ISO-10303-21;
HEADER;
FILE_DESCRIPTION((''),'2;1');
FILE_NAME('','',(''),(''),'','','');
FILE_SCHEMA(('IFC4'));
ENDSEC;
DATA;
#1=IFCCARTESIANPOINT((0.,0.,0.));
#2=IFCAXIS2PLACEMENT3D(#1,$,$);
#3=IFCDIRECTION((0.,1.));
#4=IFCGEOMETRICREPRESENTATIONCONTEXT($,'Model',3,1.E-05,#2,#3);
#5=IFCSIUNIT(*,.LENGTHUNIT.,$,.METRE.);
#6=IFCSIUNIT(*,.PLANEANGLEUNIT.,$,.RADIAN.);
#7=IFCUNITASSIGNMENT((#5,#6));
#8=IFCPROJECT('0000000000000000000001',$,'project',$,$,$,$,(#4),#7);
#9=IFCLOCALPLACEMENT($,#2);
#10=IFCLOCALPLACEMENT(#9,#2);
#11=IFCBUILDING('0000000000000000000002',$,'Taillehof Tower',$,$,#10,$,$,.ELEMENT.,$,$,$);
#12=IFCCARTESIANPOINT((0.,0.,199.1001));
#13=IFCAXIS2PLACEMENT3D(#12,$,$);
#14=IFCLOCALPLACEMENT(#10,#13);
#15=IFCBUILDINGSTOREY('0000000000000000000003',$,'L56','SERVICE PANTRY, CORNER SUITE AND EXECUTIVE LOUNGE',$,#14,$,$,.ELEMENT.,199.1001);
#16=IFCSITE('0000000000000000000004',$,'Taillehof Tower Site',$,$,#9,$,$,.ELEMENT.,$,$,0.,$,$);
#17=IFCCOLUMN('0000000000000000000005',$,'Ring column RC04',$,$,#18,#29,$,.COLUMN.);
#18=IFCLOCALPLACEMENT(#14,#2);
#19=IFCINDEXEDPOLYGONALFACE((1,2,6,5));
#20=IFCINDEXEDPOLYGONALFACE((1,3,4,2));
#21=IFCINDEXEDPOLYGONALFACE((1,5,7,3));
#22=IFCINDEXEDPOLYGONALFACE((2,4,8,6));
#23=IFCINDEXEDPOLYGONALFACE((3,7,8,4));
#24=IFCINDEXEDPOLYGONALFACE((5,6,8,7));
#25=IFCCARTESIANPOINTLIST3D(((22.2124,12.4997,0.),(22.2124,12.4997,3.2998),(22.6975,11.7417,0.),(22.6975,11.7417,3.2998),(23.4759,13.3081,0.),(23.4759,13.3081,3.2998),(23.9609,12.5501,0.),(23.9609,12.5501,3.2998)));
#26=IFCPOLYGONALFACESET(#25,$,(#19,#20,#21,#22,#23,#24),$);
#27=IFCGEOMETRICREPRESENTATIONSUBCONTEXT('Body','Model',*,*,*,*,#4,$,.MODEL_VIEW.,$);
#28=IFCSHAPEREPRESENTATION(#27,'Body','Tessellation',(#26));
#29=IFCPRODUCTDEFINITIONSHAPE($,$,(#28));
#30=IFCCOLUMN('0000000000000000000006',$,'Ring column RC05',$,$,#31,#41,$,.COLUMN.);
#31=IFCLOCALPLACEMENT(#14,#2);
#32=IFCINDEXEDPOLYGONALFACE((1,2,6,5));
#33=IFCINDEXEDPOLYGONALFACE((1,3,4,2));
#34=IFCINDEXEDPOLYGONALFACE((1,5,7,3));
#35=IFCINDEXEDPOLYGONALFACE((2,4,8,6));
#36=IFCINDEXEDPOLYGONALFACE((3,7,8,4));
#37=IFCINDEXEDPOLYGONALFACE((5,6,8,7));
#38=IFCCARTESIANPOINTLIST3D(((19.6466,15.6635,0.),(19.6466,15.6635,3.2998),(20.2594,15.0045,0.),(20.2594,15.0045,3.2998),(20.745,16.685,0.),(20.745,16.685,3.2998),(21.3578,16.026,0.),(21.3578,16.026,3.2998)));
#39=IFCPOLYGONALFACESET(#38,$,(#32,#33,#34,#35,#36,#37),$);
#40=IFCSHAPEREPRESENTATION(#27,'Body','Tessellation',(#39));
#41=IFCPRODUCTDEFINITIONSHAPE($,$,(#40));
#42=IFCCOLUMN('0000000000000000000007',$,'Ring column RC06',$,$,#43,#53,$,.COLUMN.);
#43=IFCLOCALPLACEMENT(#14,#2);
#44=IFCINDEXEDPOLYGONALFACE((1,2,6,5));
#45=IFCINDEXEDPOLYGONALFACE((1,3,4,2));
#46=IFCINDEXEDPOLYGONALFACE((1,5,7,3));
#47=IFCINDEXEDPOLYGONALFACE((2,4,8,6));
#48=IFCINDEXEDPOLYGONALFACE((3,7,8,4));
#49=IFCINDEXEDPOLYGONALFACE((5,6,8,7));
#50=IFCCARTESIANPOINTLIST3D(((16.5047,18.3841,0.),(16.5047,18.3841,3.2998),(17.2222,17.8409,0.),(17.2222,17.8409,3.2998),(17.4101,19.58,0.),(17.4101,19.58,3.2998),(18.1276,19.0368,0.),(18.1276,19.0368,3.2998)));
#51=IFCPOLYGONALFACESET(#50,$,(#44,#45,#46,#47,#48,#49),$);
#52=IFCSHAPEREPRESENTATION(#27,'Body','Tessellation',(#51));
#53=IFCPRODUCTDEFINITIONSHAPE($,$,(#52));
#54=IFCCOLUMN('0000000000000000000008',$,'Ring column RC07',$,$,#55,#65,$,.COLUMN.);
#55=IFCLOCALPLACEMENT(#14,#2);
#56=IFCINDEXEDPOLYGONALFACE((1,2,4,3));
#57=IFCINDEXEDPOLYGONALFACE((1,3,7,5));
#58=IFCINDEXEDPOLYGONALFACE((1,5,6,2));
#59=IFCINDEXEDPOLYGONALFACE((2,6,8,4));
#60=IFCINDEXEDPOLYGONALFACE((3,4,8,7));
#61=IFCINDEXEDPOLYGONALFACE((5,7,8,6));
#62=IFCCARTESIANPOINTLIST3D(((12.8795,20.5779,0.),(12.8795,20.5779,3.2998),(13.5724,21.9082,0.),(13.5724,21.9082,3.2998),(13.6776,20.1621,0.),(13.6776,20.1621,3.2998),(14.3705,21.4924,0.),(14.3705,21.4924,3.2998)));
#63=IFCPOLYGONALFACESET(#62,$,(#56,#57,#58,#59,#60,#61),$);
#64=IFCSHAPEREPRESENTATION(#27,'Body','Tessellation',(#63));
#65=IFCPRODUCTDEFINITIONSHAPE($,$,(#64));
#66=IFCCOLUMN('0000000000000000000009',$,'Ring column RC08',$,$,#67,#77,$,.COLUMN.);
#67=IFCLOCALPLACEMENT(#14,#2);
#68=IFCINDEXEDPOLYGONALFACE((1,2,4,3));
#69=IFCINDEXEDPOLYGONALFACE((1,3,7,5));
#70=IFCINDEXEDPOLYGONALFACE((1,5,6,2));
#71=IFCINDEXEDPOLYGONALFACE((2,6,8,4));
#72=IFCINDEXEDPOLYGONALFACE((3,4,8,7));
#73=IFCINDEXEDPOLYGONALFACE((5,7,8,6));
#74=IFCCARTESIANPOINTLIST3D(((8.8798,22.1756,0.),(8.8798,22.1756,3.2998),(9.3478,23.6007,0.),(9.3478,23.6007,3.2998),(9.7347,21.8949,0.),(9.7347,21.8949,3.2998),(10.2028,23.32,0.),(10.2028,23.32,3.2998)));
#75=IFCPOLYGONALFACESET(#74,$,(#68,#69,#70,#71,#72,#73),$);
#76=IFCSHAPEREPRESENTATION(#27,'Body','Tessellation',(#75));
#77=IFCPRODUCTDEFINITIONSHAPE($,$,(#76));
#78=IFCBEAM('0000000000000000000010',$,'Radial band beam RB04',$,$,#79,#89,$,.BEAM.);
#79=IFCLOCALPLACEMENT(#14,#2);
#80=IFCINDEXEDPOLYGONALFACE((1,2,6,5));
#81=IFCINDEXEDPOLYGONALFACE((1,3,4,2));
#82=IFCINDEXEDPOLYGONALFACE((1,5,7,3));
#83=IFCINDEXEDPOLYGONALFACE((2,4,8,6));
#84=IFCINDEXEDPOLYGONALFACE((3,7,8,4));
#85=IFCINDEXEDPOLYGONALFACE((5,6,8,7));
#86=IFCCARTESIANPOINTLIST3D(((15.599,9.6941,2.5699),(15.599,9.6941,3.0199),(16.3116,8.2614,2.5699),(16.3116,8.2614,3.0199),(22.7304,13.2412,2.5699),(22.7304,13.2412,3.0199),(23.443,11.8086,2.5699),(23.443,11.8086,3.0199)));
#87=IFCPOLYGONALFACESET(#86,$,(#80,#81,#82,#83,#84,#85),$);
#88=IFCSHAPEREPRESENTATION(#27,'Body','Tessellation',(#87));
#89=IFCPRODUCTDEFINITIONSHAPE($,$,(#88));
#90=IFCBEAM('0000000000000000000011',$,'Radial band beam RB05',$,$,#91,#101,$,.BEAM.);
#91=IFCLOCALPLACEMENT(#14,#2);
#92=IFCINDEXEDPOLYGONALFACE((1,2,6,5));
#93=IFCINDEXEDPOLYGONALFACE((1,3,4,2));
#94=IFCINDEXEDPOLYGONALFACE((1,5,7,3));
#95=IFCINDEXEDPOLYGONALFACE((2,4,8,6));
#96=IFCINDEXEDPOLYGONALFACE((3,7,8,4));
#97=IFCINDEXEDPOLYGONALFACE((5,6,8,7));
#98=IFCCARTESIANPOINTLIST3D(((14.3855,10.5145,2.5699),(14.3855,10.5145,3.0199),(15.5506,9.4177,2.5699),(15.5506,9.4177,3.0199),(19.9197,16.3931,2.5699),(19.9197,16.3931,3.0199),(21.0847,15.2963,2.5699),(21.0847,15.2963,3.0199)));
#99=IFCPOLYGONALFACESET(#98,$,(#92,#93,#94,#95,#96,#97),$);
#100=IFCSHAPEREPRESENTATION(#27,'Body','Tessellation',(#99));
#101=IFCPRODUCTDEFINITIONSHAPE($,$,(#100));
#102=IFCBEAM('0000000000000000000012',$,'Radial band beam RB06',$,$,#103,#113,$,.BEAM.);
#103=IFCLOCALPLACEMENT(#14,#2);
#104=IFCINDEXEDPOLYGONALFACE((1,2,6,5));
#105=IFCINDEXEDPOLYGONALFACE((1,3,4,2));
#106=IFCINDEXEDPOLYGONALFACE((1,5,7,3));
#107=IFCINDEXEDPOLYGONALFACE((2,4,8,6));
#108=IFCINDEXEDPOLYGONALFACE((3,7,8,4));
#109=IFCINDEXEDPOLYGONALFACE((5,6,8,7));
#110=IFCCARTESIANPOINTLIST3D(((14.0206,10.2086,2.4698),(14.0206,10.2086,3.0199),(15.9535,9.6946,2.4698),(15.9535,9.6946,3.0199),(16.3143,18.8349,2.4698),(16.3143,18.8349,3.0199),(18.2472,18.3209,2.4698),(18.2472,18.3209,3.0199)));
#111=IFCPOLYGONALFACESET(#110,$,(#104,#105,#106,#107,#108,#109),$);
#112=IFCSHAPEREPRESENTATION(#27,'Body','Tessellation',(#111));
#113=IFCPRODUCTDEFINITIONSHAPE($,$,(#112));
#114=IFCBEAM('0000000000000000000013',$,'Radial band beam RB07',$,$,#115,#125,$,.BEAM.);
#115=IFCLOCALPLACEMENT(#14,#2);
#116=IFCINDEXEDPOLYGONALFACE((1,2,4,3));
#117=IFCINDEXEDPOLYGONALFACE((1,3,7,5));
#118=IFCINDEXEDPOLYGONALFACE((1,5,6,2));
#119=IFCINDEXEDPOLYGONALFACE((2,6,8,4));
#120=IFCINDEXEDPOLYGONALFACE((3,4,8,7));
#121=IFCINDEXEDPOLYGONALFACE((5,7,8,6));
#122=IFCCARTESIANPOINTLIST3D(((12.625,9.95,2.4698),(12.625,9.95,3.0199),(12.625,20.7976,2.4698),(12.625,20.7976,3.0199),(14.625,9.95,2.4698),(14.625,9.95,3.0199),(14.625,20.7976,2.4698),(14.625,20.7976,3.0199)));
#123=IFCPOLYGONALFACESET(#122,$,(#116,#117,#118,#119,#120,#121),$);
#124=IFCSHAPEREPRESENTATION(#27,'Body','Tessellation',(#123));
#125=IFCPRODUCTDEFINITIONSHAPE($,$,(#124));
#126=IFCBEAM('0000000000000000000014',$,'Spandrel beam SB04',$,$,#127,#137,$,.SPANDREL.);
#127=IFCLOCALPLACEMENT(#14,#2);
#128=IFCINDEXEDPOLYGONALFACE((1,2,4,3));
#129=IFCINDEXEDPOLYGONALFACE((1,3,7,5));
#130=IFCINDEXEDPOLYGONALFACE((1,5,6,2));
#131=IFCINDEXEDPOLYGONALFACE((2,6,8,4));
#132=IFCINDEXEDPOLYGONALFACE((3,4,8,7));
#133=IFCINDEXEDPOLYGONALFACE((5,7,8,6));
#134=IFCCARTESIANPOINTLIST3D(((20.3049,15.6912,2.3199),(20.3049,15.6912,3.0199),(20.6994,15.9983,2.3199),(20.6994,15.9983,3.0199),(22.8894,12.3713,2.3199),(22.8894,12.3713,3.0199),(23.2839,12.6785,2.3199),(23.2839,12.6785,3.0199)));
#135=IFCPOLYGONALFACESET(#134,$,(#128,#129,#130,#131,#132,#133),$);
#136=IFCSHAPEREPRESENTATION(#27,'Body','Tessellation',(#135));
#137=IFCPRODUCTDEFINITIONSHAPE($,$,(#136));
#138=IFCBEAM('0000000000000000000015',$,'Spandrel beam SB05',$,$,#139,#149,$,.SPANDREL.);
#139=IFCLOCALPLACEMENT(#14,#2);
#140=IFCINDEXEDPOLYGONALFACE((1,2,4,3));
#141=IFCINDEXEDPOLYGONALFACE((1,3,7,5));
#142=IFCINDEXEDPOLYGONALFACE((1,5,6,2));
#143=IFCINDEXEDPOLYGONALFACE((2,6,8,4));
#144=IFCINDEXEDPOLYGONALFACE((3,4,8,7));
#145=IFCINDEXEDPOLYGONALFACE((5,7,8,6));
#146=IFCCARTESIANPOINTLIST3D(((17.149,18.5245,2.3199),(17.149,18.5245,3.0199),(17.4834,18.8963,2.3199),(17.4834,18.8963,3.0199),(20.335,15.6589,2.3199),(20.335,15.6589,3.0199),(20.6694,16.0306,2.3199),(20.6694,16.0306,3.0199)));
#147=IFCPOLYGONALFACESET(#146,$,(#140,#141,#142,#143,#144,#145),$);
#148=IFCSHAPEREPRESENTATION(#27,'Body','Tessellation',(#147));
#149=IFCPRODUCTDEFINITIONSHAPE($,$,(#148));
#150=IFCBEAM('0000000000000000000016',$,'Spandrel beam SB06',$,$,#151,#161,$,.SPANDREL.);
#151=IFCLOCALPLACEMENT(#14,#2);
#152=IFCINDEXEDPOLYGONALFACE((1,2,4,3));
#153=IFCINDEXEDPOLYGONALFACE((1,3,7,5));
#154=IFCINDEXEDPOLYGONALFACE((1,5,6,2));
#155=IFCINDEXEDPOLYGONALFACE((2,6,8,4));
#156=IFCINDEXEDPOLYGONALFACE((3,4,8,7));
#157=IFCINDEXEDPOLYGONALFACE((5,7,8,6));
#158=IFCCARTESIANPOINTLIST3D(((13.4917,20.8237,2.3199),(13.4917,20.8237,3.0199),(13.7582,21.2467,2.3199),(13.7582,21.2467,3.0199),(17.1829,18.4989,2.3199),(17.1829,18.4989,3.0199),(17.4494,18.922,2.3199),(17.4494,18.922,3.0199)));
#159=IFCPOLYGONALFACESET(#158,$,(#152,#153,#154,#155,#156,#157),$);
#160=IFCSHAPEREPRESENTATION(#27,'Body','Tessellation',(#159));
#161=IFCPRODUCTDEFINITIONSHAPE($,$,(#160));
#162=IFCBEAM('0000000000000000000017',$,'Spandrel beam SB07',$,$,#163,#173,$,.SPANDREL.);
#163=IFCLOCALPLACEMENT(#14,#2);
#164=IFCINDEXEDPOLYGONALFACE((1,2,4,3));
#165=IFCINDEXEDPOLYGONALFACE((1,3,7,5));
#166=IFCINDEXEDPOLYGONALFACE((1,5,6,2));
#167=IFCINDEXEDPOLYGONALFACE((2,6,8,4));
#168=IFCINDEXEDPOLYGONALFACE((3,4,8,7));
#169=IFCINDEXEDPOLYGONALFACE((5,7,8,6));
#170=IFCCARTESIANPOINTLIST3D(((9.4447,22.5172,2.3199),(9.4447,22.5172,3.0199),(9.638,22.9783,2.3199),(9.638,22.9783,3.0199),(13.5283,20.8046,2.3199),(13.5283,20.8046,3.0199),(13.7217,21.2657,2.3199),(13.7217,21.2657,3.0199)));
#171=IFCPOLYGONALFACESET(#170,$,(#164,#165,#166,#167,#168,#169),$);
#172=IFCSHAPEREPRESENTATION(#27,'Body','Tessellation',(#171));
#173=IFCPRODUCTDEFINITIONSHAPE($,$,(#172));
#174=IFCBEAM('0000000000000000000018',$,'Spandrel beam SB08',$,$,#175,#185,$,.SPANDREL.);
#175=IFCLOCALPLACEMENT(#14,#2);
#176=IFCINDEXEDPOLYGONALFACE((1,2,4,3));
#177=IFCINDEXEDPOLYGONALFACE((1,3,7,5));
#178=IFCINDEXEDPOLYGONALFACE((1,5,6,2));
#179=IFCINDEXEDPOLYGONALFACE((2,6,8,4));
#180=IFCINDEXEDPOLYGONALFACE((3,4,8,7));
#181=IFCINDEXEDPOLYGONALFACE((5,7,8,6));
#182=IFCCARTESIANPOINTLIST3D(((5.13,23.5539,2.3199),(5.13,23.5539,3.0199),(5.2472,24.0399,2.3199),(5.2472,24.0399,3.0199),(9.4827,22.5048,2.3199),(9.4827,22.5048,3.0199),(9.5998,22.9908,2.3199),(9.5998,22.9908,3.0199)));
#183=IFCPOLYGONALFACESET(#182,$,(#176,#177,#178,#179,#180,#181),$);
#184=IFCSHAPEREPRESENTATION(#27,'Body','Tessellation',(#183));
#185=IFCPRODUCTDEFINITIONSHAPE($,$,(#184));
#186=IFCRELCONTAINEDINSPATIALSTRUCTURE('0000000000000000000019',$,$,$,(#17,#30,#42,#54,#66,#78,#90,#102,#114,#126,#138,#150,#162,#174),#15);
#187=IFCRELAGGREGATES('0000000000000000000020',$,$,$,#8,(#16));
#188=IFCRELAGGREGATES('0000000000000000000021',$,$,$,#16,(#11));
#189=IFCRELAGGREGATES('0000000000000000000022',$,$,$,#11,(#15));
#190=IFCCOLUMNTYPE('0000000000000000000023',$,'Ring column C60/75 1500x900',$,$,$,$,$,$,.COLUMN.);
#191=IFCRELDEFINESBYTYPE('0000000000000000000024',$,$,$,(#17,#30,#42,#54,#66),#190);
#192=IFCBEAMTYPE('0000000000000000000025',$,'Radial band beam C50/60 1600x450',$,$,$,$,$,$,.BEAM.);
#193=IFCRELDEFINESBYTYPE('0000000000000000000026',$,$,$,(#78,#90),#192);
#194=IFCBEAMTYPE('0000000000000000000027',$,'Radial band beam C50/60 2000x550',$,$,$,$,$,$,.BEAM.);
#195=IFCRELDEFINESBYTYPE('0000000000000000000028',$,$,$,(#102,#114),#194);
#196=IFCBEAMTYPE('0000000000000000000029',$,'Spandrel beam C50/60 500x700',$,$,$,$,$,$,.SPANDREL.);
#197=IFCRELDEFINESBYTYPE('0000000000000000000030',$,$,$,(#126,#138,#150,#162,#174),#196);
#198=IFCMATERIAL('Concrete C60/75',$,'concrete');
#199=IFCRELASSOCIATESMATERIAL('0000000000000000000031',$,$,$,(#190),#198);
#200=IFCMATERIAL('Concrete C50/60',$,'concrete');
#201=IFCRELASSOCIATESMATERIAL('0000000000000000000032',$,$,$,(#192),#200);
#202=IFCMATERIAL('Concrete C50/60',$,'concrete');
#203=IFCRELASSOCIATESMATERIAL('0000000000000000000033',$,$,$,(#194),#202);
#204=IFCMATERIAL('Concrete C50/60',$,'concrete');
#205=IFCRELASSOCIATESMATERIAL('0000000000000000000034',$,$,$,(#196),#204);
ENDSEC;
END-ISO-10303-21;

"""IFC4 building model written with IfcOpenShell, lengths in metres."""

from ifc_helpers import new_model, si_unit, direction, frame, origin, origin_2d, place, context, subcontext, project, spatial, rectangle, extrude, material, material_profile, profile_set, type_object, element, save


model = new_model("IFC4")

# Units and contexts
model_context = context("Model", 3, precision=1e-05, world=origin(), true_north=direction((0.0, 1.0)))
body_context = subcontext(model_context, "Body", "Model", "MODEL_VIEW")
ifc_project = project(units=[si_unit("LENGTHUNIT", "METRE"), si_unit("PLANEANGLEUNIT", "RADIAN")], contexts=[model_context])

# Site, building, storey
site_placement = place(None, origin())
site = spatial("IfcSite", under=ifc_project, at=site_placement, Name="Taillehof Tower Site", CompositionType="ELEMENT", RefElevation=0.0)
building_placement = place(site_placement, origin())
building = spatial("IfcBuilding", under=site, at=building_placement, Name="Taillehof Tower", CompositionType="ELEMENT")
storey_placement = place(building_placement, frame((0.0, 0.0, 199.1001)))
storey = spatial("IfcBuildingStorey", under=building, at=storey_placement, Name="L56", Description="SERVICE PANTRY, CORNER SUITE AND EXECUTIVE LOUNGE", CompositionType="ELEMENT", Elevation=199.1001)

# Columns
ifc_material_1 = material(Name="Concrete C60/75", Category="concrete")
ifc_material_profile_1 = material_profile(ifc_material_1, rectangle(XDim=1.5, YDim=0.8999, at=origin_2d()), Name="RC 1500x900")
ifc_profile_set_1 = profile_set([ifc_material_profile_1], Name="Concrete C60/75")
column_type = type_object("IfcColumnType", Name="Ring column C60/75 1500x900", PredefinedType="COLUMN", material=ifc_profile_set_1)
for number, where, z_axis, x_axis, name in (
    (1, (23.0867, 12.5249, 0.0), (0.0, 0.0, 1.0), (0.842311, 0.538992, 0.0), "Ring column RC04"),
    (2, (20.5022, 15.8447, 0.0), (0.0, 0.0, 1.0), (0.732271, 0.681013, 0.0), "Ring column RC05"),
    (3, (17.3162, 18.7104, 0.0), (0.0, 0.0, 1.0), (0.603608, 0.797281, 0.0), "Ring column RC06"),
    (4, (13.625, 21.0352, 0.0), (0.0, 0.0, 1.0), (0.461993, 0.886883, 0.0), "Ring column RC07"),
    (5, (9.5413, 22.7478, 0.0), (0.0, 0.0, 1.0), (0.312001, 0.950082, 0.0), "Ring column RC08"),
):
    element("IfcColumn", number, at=place(storey_placement, frame(where, z_axis=z_axis, x_axis=x_axis)), inside=storey, type_object=column_type, Name=name, PredefinedType="COLUMN", context=body_context, shape_type="SweptSolid", body=[
        extrude(rectangle(XDim=1.5, YDim=0.8999, at=origin_2d()), origin(), (0.0, 0.0, 1.0), 3.2998),
    ])

# Beams
ifc_material_2 = material(Name="Concrete C50/60", Category="concrete")
ifc_material_profile_2 = material_profile(ifc_material_2, rectangle(XDim=1.6001, YDim=0.45, at=origin_2d()), Name="RC 1600x450")
ifc_profile_set_2 = profile_set([ifc_material_profile_2], Name="Concrete C50/60")
beam_type_1 = type_object("IfcBeamType", Name="Radial band beam C50/60 1600x450", PredefinedType="BEAM", material=ifc_profile_set_2)
beam_1_placement = place(storey_placement, frame((23.0867, 12.5249, 2.7949), z_axis=(-0.895357, -0.445349, 0.0), x_axis=(0.445349, -0.895357, 0.0)))
element("IfcBeam", 6, at=beam_1_placement, inside=storey, type_object=beam_type_1, Name="Radial band beam RB04", PredefinedType="BEAM", context=body_context, shape_type="SweptSolid", body=[
    extrude(rectangle(XDim=1.6001, YDim=0.45, at=origin_2d()), origin(), (0.0, 0.0, 1.0), 7.9648),
])
beam_2_placement = place(storey_placement, frame((20.5022, 15.8447, 2.7949), z_axis=(-0.685451, -0.728118, 0.0), x_axis=(0.728118, -0.685451, 0.0)))
element("IfcBeam", 7, at=beam_2_placement, inside=storey, type_object=beam_type_1, Name="Radial band beam RB05", PredefinedType="BEAM", context=body_context, shape_type="SweptSolid", body=[
    extrude(rectangle(XDim=1.6001, YDim=0.45, at=origin_2d()), origin(), (0.0, 0.0, 1.0), 8.0737),
])
ifc_material_3 = material(Name="Concrete C50/60", Category="concrete")
ifc_material_profile_3 = material_profile(ifc_material_3, rectangle(XDim=2.0, YDim=0.55, at=origin_2d()), Name="RC 2000x550")
ifc_profile_set_3 = profile_set([ifc_material_profile_3], Name="Concrete C50/60")
beam_type_2 = type_object("IfcBeamType", Name="Radial band beam C50/60 2000x550", PredefinedType="BEAM", material=ifc_profile_set_3)
beam_3_placement = place(storey_placement, frame((17.2808, 18.5779, 2.7449), z_axis=(-0.25697, -0.966419, 0.0), x_axis=(0.966419, -0.25697, 0.0)))
element("IfcBeam", 8, at=beam_3_placement, inside=storey, type_object=beam_type_2, Name="Radial band beam RB06", PredefinedType="BEAM", context=body_context, shape_type="SweptSolid", body=[
    extrude(rectangle(XDim=2.0, YDim=0.55, at=origin_2d()), origin(), (0.0, 0.0, 1.0), 8.926),
])
beam_4_placement = place(storey_placement, frame((13.625, 20.7976, 2.7449), z_axis=(0.0, -1.0, 0.0), x_axis=(1.0, 0.0, 0.0)))
element("IfcBeam", 9, at=beam_4_placement, inside=storey, type_object=beam_type_2, Name="Radial band beam RB07", PredefinedType="BEAM", context=body_context, shape_type="SweptSolid", body=[
    extrude(rectangle(XDim=2.0, YDim=0.55, at=origin_2d()), origin(), (0.0, 0.0, 1.0), 10.8477),
])
ifc_material_4 = material(Name="Concrete C50/60", Category="concrete")
ifc_material_profile_4 = material_profile(ifc_material_4, rectangle(XDim=0.5, YDim=0.7, at=origin_2d()), Name="RC 500x700")
ifc_profile_set_4 = profile_set([ifc_material_profile_4], Name="Concrete C50/60")
beam_type_3 = type_object("IfcBeamType", Name="Spandrel beam C50/60 500x700", PredefinedType="SPANDREL", material=ifc_profile_set_4)
beam_5_placement = place(storey_placement, frame((23.0867, 12.5249, 2.6699), z_axis=(-0.614294, 0.789077, 0.0), x_axis=(-0.789077, -0.614294, 0.0)))
element("IfcBeam", 10, at=beam_5_placement, inside=storey, type_object=beam_type_3, Name="Spandrel beam SB04", PredefinedType="SPANDREL", context=body_context, shape_type="SweptSolid", body=[
    extrude(rectangle(XDim=0.5, YDim=0.7, at=origin_2d()), origin(), (0.0, 0.0, 1.0), 4.2073),
])
beam_6_placement = place(storey_placement, frame((20.5022, 15.8447, 2.6699), z_axis=(-0.743492, 0.668744, 0.0), x_axis=(-0.668744, -0.743492, 0.0)))
element("IfcBeam", 11, at=beam_6_placement, inside=storey, type_object=beam_type_3, Name="Spandrel beam SB05", PredefinedType="SPANDREL", context=body_context, shape_type="SweptSolid", body=[
    extrude(rectangle(XDim=0.5, YDim=0.7, at=origin_2d()), origin(), (0.0, 0.0, 1.0), 4.2852),
])
beam_7_placement = place(storey_placement, frame((17.3162, 18.7104, 2.6699), z_axis=(-0.846166, 0.532919, 0.0), x_axis=(-0.532919, -0.846166, 0.0)))
element("IfcBeam", 12, at=beam_7_placement, inside=storey, type_object=beam_type_3, Name="Spandrel beam SB06", PredefinedType="SPANDREL", context=body_context, shape_type="SweptSolid", body=[
    extrude(rectangle(XDim=0.5, YDim=0.7, at=origin_2d()), origin(), (0.0, 0.0, 1.0), 4.3623),
])
beam_8_placement = place(storey_placement, frame((13.625, 21.0352, 2.6699), z_axis=(-0.922186, 0.386748, 0.0), x_axis=(-0.386748, -0.922186, 0.0)))
element("IfcBeam", 13, at=beam_8_placement, inside=storey, type_object=beam_type_3, Name="Spandrel beam SB07", PredefinedType="SPANDREL", context=body_context, shape_type="SweptSolid", body=[
    extrude(rectangle(XDim=0.5, YDim=0.7, at=origin_2d()), origin(), (0.0, 0.0, 1.0), 4.4282),
])
beam_9_placement = place(storey_placement, frame((9.5413, 22.7478, 2.6699), z_axis=(-0.972161, 0.234315, 0.0), x_axis=(-0.234315, -0.972161, 0.0)))
element("IfcBeam", 14, at=beam_9_placement, inside=storey, type_object=beam_type_3, Name="Spandrel beam SB08", PredefinedType="SPANDREL", context=body_context, shape_type="SweptSolid", body=[
    extrude(rectangle(XDim=0.5, YDim=0.7, at=origin_2d()), origin(), (0.0, 0.0, 1.0), 4.4773),
])

save(model, "model.ifc")
